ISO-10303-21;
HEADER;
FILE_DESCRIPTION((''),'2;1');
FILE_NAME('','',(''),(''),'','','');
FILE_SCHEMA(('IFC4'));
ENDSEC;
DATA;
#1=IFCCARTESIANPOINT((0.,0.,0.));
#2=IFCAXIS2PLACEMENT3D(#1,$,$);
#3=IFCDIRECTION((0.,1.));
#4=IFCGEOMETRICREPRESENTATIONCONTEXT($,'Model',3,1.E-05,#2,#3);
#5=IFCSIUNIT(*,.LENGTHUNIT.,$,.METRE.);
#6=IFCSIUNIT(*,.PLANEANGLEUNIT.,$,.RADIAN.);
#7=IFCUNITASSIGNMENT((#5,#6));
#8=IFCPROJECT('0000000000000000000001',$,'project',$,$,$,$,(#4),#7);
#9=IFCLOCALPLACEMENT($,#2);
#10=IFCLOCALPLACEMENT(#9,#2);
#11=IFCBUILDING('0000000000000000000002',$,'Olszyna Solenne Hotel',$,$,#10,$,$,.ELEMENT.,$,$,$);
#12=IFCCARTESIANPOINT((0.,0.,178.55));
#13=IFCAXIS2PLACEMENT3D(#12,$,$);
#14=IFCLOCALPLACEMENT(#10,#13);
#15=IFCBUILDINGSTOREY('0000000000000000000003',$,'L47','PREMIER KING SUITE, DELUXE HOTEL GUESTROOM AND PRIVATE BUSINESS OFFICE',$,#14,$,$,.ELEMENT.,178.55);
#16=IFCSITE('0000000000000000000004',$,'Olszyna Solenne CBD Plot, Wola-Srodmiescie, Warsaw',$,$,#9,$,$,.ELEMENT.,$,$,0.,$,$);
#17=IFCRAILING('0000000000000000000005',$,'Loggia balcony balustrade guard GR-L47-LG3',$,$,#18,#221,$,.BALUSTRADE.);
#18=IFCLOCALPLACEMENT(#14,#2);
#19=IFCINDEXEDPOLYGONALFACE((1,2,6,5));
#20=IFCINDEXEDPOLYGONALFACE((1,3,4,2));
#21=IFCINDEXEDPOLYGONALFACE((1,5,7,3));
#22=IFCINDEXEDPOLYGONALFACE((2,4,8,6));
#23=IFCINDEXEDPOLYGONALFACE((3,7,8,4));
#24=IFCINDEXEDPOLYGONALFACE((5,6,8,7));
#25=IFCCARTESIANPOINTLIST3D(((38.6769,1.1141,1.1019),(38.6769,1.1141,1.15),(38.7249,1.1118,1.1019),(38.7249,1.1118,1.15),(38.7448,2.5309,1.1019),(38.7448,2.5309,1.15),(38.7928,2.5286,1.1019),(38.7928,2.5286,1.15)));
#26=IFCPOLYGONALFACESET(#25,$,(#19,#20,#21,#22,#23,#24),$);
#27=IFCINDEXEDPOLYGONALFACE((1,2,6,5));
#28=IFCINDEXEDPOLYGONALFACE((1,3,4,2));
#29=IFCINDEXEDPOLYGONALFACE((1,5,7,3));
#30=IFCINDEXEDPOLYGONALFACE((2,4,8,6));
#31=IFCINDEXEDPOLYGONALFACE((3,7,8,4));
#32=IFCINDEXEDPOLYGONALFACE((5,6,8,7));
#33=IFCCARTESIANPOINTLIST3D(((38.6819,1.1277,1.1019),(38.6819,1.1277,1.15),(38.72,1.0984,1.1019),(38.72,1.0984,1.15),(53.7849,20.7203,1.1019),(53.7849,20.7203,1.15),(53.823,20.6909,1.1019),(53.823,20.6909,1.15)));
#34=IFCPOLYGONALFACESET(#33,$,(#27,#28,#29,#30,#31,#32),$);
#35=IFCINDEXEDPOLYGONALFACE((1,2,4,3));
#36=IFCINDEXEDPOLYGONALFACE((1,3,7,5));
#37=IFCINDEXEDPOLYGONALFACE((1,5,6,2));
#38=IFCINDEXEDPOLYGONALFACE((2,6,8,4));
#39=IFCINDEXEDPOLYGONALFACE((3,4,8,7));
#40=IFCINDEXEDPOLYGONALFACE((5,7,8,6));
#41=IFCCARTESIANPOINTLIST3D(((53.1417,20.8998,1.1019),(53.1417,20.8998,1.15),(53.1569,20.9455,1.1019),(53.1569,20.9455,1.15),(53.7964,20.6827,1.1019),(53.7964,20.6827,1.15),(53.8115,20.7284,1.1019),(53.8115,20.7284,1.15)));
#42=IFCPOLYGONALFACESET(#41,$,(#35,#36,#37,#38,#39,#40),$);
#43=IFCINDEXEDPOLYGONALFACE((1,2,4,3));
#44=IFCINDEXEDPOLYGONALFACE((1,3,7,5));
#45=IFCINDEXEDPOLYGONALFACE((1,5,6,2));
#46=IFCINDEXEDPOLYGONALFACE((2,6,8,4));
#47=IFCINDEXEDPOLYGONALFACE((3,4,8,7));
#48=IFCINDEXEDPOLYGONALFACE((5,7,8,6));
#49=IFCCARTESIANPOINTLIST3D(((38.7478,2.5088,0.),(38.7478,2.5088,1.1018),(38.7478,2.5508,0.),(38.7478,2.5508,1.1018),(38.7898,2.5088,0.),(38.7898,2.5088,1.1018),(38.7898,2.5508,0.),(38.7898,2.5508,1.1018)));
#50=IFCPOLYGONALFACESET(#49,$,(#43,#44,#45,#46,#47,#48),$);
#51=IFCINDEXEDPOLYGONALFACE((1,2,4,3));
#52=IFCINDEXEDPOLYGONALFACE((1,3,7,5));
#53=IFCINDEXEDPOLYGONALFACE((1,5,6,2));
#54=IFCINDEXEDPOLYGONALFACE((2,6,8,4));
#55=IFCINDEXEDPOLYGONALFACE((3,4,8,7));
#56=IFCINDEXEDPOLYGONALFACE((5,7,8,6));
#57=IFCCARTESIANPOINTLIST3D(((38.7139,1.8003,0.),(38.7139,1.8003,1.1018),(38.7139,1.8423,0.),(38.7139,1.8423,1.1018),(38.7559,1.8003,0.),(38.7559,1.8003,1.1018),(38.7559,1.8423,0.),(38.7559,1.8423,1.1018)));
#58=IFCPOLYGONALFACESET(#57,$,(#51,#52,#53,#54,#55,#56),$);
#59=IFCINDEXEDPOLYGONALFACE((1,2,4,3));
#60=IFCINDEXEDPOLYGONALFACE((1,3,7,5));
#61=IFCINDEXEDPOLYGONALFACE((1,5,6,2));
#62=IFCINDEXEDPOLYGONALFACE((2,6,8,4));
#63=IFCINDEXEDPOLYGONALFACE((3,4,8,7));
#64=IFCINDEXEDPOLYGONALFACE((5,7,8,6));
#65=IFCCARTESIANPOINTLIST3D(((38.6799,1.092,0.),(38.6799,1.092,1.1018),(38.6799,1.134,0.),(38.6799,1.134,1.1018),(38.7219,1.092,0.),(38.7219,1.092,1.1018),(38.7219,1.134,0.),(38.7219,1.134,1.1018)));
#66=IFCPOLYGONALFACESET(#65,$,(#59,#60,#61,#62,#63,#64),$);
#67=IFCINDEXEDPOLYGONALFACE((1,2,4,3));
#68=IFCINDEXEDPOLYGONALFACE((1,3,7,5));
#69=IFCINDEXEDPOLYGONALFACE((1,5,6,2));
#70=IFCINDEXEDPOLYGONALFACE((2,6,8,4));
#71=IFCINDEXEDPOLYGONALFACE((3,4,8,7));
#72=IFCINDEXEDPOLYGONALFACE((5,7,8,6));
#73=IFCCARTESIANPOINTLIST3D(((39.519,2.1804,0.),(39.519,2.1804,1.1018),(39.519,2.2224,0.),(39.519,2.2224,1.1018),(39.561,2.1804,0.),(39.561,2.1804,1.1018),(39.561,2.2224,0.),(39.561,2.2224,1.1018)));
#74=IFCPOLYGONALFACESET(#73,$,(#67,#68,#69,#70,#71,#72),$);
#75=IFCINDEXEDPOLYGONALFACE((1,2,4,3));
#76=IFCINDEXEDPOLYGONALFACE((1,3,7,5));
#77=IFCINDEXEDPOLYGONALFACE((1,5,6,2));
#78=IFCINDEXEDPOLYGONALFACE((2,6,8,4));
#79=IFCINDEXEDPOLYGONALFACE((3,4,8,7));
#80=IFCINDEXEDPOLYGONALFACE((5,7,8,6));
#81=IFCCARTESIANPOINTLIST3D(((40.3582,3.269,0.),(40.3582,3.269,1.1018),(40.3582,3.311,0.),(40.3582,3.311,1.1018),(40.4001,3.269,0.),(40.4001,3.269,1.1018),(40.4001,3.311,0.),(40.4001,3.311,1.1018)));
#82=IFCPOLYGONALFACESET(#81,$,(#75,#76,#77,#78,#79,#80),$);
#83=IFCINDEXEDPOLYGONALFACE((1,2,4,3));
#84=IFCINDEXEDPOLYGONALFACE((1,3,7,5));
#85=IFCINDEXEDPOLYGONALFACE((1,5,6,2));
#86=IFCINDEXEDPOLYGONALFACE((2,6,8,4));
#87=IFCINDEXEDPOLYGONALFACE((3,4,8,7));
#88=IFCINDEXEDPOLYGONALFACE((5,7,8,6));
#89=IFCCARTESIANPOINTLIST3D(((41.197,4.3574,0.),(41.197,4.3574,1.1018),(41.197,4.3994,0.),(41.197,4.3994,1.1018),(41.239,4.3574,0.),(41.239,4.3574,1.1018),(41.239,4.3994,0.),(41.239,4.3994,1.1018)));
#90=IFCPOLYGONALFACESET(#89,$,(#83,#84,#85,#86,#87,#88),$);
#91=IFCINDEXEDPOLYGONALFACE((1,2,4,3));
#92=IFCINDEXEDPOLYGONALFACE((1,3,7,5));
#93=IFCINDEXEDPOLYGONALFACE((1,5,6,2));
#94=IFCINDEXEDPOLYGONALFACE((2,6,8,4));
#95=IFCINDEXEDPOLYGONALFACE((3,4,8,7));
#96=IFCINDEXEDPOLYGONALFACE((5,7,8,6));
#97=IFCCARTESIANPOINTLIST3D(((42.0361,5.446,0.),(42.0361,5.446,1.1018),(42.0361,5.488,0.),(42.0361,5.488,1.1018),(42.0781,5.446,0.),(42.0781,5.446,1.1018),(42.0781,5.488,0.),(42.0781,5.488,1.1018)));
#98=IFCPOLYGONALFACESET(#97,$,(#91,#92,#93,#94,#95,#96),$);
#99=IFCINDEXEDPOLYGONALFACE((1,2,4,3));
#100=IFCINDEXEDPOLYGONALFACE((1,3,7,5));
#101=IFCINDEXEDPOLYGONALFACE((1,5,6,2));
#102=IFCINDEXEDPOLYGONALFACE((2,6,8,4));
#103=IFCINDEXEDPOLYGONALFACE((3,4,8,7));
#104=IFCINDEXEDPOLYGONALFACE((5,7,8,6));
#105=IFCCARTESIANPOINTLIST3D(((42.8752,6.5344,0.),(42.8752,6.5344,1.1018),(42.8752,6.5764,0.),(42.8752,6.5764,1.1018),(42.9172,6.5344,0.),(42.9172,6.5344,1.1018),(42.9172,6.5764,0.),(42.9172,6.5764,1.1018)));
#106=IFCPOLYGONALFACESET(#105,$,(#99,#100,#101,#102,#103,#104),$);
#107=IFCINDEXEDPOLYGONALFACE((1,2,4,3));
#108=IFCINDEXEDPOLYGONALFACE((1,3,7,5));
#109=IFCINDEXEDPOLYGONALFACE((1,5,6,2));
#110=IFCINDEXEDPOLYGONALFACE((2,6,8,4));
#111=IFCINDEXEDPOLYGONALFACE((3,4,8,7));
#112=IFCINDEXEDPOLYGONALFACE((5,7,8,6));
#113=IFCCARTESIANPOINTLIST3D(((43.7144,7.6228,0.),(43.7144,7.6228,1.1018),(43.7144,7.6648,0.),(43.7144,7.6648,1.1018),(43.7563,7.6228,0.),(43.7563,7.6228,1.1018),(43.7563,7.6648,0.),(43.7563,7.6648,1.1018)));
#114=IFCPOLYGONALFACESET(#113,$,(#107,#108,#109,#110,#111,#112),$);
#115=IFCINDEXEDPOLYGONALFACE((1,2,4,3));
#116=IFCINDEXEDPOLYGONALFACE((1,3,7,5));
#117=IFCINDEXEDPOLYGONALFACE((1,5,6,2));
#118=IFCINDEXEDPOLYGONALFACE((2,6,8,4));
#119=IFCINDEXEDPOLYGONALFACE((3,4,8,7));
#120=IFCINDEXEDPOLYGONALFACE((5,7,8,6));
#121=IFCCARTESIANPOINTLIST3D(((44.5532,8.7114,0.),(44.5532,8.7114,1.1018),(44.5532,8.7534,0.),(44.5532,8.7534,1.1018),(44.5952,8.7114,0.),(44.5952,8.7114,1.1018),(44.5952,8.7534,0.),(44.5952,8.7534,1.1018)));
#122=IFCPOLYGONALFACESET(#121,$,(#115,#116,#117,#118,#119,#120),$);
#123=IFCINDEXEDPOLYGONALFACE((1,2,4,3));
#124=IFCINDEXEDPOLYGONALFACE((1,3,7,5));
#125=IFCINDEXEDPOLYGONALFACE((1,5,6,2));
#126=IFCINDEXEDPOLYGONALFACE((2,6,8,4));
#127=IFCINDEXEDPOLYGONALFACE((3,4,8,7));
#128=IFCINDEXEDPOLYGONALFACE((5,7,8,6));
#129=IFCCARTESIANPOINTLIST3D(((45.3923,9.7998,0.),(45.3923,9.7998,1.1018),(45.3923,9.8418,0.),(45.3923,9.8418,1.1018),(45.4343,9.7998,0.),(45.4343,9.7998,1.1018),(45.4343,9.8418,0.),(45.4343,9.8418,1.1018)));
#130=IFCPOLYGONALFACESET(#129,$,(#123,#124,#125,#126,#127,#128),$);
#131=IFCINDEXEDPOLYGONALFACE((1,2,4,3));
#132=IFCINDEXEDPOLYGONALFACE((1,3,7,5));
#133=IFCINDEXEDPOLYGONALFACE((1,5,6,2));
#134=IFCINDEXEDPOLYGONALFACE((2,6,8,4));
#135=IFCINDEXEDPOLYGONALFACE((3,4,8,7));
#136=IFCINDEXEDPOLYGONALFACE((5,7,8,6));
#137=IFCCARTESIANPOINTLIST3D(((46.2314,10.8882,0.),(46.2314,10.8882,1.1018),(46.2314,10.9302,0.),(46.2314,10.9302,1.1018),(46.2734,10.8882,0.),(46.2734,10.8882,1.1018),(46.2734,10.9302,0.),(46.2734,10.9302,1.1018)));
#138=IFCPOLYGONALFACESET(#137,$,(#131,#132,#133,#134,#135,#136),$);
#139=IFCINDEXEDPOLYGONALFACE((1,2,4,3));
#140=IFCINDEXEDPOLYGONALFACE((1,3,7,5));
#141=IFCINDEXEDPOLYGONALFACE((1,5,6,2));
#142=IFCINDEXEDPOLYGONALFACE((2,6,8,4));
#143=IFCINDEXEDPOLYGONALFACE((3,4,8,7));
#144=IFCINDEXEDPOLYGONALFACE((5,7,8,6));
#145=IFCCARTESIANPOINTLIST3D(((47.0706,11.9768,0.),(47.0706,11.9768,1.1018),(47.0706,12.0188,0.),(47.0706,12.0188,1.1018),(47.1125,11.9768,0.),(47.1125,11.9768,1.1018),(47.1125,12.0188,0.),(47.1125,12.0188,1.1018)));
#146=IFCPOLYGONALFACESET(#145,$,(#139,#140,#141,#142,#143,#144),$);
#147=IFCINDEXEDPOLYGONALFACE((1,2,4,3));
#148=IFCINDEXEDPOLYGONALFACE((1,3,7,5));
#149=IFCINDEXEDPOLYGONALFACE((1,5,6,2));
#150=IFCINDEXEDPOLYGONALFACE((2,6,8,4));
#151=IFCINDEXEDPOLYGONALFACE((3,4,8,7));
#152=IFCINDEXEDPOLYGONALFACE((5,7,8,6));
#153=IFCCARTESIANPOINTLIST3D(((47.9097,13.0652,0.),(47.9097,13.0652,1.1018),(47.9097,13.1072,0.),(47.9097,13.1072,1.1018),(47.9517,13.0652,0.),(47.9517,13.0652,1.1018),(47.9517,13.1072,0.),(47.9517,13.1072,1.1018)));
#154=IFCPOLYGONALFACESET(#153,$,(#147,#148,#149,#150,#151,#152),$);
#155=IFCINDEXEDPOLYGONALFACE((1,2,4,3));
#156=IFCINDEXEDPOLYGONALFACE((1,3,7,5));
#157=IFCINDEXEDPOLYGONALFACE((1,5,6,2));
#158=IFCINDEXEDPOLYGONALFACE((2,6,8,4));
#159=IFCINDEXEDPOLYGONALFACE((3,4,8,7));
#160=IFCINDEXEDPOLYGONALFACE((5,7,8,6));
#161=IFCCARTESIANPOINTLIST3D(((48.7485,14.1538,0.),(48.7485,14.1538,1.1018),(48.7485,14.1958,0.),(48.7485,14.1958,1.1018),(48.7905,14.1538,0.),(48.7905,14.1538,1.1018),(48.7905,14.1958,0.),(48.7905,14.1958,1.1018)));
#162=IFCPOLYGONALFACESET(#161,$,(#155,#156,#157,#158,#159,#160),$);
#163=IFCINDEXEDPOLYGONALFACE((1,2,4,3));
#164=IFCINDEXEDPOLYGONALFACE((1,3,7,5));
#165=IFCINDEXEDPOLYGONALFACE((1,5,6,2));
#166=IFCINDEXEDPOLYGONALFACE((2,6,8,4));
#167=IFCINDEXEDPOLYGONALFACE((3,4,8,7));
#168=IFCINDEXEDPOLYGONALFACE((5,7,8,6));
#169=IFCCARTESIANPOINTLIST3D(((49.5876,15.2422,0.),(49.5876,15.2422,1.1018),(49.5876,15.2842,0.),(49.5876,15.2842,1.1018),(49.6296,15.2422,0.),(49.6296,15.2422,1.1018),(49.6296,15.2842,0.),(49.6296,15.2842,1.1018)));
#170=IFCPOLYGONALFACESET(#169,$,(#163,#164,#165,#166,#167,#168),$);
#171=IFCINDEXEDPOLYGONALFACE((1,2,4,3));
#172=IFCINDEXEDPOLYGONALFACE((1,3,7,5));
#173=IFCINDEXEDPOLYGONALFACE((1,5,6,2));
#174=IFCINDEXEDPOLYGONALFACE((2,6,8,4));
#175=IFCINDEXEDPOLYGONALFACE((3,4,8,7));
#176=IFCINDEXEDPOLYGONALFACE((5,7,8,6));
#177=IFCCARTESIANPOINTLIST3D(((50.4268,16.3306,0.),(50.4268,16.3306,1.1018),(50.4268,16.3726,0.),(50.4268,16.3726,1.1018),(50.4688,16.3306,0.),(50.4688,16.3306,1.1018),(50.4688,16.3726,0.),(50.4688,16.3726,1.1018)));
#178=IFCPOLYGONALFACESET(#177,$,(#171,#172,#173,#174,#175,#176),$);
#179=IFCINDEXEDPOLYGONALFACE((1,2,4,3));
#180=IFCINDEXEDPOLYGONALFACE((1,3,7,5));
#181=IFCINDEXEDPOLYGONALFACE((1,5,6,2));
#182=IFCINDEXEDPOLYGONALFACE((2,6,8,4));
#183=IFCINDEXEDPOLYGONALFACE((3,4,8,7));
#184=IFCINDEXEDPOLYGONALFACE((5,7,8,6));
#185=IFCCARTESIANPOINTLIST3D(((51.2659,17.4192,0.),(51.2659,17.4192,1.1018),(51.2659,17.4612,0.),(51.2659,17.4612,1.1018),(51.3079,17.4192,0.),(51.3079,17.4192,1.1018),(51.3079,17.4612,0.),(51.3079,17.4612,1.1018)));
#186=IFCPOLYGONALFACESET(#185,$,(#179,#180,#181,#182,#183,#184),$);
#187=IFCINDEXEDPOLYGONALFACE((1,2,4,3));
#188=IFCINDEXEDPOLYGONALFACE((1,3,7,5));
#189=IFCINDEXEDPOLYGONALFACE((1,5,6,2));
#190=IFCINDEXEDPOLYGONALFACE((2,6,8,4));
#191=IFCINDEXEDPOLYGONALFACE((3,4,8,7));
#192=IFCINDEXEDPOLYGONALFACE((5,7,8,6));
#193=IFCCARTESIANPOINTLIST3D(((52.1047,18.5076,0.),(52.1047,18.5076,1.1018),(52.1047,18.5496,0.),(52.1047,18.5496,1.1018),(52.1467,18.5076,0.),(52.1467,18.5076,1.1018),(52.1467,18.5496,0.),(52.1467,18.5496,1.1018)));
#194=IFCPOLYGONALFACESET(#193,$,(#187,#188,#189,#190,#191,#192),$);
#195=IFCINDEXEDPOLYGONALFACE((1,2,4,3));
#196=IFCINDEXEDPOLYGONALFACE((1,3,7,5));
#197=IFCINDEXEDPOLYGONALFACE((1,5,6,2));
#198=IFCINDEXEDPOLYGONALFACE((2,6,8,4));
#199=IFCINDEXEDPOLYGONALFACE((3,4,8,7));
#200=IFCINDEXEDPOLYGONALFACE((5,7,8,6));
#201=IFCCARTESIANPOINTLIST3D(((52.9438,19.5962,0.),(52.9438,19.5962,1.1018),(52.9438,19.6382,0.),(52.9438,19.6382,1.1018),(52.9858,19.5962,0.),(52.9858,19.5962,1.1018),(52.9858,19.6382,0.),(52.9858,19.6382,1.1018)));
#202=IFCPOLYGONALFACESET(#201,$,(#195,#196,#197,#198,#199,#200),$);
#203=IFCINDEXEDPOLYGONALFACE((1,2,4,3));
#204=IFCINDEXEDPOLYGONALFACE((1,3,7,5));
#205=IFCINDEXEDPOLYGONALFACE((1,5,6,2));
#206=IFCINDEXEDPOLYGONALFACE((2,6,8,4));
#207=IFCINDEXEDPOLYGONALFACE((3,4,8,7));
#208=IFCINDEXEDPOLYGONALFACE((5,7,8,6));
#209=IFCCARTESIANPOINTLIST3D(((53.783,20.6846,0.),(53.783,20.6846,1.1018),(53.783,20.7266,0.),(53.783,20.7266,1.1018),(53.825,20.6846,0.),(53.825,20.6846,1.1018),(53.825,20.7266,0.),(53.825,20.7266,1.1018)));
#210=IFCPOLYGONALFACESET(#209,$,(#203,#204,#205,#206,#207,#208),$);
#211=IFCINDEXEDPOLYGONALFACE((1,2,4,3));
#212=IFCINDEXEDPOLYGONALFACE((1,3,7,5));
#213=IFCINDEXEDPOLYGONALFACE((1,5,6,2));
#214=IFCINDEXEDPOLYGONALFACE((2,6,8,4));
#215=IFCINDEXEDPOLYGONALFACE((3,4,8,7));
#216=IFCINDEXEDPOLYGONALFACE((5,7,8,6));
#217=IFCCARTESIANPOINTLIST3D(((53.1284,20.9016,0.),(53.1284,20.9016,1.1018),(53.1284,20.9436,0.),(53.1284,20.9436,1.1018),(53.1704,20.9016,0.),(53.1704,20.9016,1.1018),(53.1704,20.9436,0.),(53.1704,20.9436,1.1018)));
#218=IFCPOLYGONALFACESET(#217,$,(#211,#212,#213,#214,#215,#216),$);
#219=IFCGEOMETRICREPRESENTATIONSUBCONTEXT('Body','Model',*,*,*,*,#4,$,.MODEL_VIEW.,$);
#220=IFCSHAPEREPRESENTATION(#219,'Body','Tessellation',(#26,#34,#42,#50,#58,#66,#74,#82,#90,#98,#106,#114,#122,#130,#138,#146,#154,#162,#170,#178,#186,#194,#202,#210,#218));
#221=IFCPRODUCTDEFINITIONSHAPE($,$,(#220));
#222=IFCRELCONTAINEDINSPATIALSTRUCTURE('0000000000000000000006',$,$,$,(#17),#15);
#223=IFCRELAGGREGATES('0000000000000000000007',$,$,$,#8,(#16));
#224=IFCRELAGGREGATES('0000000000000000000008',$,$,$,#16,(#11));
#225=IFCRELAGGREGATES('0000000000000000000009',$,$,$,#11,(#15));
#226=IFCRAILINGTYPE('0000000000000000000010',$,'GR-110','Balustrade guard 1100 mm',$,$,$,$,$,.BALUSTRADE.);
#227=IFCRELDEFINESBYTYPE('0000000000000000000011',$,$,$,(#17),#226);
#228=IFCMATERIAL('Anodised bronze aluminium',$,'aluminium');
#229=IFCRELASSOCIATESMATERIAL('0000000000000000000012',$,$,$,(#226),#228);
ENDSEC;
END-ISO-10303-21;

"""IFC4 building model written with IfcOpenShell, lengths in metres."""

from ifc_helpers import new_model, si_unit, direction, frame, origin, origin_2d, place, context, subcontext, project, spatial, rectangle, extrude, material, type_object, element, save


model = new_model("IFC4")

# Units and contexts
model_context = context("Model", 3, precision=1e-05, world=origin(), true_north=direction((0.0, 1.0)))
body_context = subcontext(model_context, "Body", "Model", "MODEL_VIEW")
ifc_project = project(units=[si_unit("LENGTHUNIT", "METRE"), si_unit("PLANEANGLEUNIT", "RADIAN")], contexts=[model_context])

# Site, building, storey
site_placement = place(None, origin())
site = spatial("IfcSite", under=ifc_project, at=site_placement, Name="Olszyna Solenne CBD Plot, Wola-Srodmiescie, Warsaw", CompositionType="ELEMENT", RefElevation=0.0)
building_placement = place(site_placement, origin())
building = spatial("IfcBuilding", under=site, at=building_placement, Name="Olszyna Solenne Hotel", CompositionType="ELEMENT")
storey_placement = place(building_placement, frame((0.0, 0.0, 178.55)))
storey = spatial("IfcBuildingStorey", under=building, at=storey_placement, Name="L47", Description="PREMIER KING SUITE, DELUXE HOTEL GUESTROOM AND PRIVATE BUSINESS OFFICE", CompositionType="ELEMENT", Elevation=178.55)

# Railing
ifc_material_1 = material(Name="Anodised bronze aluminium", Category="aluminium")
railing_type = type_object("IfcRailingType", Name="GR-110", Description="Balustrade guard 1100 mm", PredefinedType="BALUSTRADE", material=ifc_material_1)
railing_placement = place(storey_placement, frame((38.7688, 2.5298, 0.0)))
element("IfcRailing", 1, at=railing_placement, inside=storey, type_object=railing_type, Name="Loggia balcony balustrade guard GR-L47-LG3", PredefinedType="BALUSTRADE", context=body_context, shape_type="SweptSolid", body=[
    extrude(rectangle(XDim=0.0481, YDim=0.0481, at=origin_2d()), frame((0.0, 0.0, 1.126), z_axis=(-0.047851, -0.998854, 0.0), x_axis=(0.998854, -0.047851, 0.0)), (0.0, 0.0, 1.0), 1.4185),
    extrude(rectangle(XDim=0.0481, YDim=0.0481, at=origin_2d()), frame((-0.0679, -1.4167, 1.126), z_axis=(0.610519, 0.792001, 0.0), x_axis=(-0.792001, 0.610519, 0.0)), (0.0, 0.0, 1.0), 24.738),
    extrude(rectangle(XDim=0.0481, YDim=0.0481, at=origin_2d()), frame((15.0352, 18.1758, 1.126), z_axis=(-0.949178, 0.31474, 0.0), x_axis=(-0.31474, -0.949178, 0.0)), (0.0, 0.0, 1.0), 0.6897),
    extrude(rectangle(XDim=0.042, YDim=0.042, at=origin_2d()), origin(), (0.0, 0.0, 1.0), 1.1018),
    extrude(rectangle(XDim=0.042, YDim=0.042, at=origin_2d()), frame((-0.0339, -0.7085, 0.0)), (0.0, 0.0, 1.0), 1.1018),
    extrude(rectangle(XDim=0.042, YDim=0.042, at=origin_2d()), frame((-0.0679, -1.4167, 0.0)), (0.0, 0.0, 1.0), 1.1018),
    extrude(rectangle(XDim=0.042, YDim=0.042, at=origin_2d()), frame((0.7712, -0.3284, 0.0)), (0.0, 0.0, 1.0), 1.1018),
    extrude(rectangle(XDim=0.042, YDim=0.042, at=origin_2d()), frame((1.6104, 0.7603, 0.0)), (0.0, 0.0, 1.0), 1.1018),
    extrude(rectangle(XDim=0.042, YDim=0.042, at=origin_2d()), frame((2.4492, 1.8486, 0.0)), (0.0, 0.0, 1.0), 1.1018),
    extrude(rectangle(XDim=0.042, YDim=0.042, at=origin_2d()), frame((3.2883, 2.9373, 0.0)), (0.0, 0.0, 1.0), 1.1018),
    extrude(rectangle(XDim=0.042, YDim=0.042, at=origin_2d()), frame((4.1274, 4.0256, 0.0)), (0.0, 0.0, 1.0), 1.1018),
    extrude(rectangle(XDim=0.042, YDim=0.042, at=origin_2d()), frame((4.9666, 5.114, 0.0)), (0.0, 0.0, 1.0), 1.1018),
    extrude(rectangle(XDim=0.042, YDim=0.042, at=origin_2d()), frame((5.8054, 6.2026, 0.0)), (0.0, 0.0, 1.0), 1.1018),
    extrude(rectangle(XDim=0.042, YDim=0.042, at=origin_2d()), frame((6.6445, 7.291, 0.0)), (0.0, 0.0, 1.0), 1.1018),
    extrude(rectangle(XDim=0.042, YDim=0.042, at=origin_2d()), frame((7.4836, 8.3794, 0.0)), (0.0, 0.0, 1.0), 1.1018),
    extrude(rectangle(XDim=0.042, YDim=0.042, at=origin_2d()), frame((8.3228, 9.468, 0.0)), (0.0, 0.0, 1.0), 1.1018),
    extrude(rectangle(XDim=0.042, YDim=0.042, at=origin_2d()), frame((9.1619, 10.5564, 0.0)), (0.0, 0.0, 1.0), 1.1018),
    extrude(rectangle(XDim=0.042, YDim=0.042, at=origin_2d()), frame((10.0007, 11.645, 0.0)), (0.0, 0.0, 1.0), 1.1018),
    extrude(rectangle(XDim=0.042, YDim=0.042, at=origin_2d()), frame((10.8398, 12.7334, 0.0)), (0.0, 0.0, 1.0), 1.1018),
    extrude(rectangle(XDim=0.042, YDim=0.042, at=origin_2d()), frame((11.679, 13.8218, 0.0)), (0.0, 0.0, 1.0), 1.1018),
    extrude(rectangle(XDim=0.042, YDim=0.042, at=origin_2d()), frame((12.5181, 14.9104, 0.0)), (0.0, 0.0, 1.0), 1.1018),
    extrude(rectangle(XDim=0.042, YDim=0.042, at=origin_2d()), frame((13.3569, 15.9988, 0.0)), (0.0, 0.0, 1.0), 1.1018),
    extrude(rectangle(XDim=0.042, YDim=0.042, at=origin_2d()), frame((14.196, 17.0874, 0.0)), (0.0, 0.0, 1.0), 1.1018),
    extrude(rectangle(XDim=0.042, YDim=0.042, at=origin_2d()), frame((15.0352, 18.1758, 0.0)), (0.0, 0.0, 1.0), 1.1018),
    extrude(rectangle(XDim=0.042, YDim=0.042, at=origin_2d()), frame((14.3806, 18.3928, 0.0)), (0.0, 0.0, 1.0), 1.1018),
])

save(model, "model.ifc")
